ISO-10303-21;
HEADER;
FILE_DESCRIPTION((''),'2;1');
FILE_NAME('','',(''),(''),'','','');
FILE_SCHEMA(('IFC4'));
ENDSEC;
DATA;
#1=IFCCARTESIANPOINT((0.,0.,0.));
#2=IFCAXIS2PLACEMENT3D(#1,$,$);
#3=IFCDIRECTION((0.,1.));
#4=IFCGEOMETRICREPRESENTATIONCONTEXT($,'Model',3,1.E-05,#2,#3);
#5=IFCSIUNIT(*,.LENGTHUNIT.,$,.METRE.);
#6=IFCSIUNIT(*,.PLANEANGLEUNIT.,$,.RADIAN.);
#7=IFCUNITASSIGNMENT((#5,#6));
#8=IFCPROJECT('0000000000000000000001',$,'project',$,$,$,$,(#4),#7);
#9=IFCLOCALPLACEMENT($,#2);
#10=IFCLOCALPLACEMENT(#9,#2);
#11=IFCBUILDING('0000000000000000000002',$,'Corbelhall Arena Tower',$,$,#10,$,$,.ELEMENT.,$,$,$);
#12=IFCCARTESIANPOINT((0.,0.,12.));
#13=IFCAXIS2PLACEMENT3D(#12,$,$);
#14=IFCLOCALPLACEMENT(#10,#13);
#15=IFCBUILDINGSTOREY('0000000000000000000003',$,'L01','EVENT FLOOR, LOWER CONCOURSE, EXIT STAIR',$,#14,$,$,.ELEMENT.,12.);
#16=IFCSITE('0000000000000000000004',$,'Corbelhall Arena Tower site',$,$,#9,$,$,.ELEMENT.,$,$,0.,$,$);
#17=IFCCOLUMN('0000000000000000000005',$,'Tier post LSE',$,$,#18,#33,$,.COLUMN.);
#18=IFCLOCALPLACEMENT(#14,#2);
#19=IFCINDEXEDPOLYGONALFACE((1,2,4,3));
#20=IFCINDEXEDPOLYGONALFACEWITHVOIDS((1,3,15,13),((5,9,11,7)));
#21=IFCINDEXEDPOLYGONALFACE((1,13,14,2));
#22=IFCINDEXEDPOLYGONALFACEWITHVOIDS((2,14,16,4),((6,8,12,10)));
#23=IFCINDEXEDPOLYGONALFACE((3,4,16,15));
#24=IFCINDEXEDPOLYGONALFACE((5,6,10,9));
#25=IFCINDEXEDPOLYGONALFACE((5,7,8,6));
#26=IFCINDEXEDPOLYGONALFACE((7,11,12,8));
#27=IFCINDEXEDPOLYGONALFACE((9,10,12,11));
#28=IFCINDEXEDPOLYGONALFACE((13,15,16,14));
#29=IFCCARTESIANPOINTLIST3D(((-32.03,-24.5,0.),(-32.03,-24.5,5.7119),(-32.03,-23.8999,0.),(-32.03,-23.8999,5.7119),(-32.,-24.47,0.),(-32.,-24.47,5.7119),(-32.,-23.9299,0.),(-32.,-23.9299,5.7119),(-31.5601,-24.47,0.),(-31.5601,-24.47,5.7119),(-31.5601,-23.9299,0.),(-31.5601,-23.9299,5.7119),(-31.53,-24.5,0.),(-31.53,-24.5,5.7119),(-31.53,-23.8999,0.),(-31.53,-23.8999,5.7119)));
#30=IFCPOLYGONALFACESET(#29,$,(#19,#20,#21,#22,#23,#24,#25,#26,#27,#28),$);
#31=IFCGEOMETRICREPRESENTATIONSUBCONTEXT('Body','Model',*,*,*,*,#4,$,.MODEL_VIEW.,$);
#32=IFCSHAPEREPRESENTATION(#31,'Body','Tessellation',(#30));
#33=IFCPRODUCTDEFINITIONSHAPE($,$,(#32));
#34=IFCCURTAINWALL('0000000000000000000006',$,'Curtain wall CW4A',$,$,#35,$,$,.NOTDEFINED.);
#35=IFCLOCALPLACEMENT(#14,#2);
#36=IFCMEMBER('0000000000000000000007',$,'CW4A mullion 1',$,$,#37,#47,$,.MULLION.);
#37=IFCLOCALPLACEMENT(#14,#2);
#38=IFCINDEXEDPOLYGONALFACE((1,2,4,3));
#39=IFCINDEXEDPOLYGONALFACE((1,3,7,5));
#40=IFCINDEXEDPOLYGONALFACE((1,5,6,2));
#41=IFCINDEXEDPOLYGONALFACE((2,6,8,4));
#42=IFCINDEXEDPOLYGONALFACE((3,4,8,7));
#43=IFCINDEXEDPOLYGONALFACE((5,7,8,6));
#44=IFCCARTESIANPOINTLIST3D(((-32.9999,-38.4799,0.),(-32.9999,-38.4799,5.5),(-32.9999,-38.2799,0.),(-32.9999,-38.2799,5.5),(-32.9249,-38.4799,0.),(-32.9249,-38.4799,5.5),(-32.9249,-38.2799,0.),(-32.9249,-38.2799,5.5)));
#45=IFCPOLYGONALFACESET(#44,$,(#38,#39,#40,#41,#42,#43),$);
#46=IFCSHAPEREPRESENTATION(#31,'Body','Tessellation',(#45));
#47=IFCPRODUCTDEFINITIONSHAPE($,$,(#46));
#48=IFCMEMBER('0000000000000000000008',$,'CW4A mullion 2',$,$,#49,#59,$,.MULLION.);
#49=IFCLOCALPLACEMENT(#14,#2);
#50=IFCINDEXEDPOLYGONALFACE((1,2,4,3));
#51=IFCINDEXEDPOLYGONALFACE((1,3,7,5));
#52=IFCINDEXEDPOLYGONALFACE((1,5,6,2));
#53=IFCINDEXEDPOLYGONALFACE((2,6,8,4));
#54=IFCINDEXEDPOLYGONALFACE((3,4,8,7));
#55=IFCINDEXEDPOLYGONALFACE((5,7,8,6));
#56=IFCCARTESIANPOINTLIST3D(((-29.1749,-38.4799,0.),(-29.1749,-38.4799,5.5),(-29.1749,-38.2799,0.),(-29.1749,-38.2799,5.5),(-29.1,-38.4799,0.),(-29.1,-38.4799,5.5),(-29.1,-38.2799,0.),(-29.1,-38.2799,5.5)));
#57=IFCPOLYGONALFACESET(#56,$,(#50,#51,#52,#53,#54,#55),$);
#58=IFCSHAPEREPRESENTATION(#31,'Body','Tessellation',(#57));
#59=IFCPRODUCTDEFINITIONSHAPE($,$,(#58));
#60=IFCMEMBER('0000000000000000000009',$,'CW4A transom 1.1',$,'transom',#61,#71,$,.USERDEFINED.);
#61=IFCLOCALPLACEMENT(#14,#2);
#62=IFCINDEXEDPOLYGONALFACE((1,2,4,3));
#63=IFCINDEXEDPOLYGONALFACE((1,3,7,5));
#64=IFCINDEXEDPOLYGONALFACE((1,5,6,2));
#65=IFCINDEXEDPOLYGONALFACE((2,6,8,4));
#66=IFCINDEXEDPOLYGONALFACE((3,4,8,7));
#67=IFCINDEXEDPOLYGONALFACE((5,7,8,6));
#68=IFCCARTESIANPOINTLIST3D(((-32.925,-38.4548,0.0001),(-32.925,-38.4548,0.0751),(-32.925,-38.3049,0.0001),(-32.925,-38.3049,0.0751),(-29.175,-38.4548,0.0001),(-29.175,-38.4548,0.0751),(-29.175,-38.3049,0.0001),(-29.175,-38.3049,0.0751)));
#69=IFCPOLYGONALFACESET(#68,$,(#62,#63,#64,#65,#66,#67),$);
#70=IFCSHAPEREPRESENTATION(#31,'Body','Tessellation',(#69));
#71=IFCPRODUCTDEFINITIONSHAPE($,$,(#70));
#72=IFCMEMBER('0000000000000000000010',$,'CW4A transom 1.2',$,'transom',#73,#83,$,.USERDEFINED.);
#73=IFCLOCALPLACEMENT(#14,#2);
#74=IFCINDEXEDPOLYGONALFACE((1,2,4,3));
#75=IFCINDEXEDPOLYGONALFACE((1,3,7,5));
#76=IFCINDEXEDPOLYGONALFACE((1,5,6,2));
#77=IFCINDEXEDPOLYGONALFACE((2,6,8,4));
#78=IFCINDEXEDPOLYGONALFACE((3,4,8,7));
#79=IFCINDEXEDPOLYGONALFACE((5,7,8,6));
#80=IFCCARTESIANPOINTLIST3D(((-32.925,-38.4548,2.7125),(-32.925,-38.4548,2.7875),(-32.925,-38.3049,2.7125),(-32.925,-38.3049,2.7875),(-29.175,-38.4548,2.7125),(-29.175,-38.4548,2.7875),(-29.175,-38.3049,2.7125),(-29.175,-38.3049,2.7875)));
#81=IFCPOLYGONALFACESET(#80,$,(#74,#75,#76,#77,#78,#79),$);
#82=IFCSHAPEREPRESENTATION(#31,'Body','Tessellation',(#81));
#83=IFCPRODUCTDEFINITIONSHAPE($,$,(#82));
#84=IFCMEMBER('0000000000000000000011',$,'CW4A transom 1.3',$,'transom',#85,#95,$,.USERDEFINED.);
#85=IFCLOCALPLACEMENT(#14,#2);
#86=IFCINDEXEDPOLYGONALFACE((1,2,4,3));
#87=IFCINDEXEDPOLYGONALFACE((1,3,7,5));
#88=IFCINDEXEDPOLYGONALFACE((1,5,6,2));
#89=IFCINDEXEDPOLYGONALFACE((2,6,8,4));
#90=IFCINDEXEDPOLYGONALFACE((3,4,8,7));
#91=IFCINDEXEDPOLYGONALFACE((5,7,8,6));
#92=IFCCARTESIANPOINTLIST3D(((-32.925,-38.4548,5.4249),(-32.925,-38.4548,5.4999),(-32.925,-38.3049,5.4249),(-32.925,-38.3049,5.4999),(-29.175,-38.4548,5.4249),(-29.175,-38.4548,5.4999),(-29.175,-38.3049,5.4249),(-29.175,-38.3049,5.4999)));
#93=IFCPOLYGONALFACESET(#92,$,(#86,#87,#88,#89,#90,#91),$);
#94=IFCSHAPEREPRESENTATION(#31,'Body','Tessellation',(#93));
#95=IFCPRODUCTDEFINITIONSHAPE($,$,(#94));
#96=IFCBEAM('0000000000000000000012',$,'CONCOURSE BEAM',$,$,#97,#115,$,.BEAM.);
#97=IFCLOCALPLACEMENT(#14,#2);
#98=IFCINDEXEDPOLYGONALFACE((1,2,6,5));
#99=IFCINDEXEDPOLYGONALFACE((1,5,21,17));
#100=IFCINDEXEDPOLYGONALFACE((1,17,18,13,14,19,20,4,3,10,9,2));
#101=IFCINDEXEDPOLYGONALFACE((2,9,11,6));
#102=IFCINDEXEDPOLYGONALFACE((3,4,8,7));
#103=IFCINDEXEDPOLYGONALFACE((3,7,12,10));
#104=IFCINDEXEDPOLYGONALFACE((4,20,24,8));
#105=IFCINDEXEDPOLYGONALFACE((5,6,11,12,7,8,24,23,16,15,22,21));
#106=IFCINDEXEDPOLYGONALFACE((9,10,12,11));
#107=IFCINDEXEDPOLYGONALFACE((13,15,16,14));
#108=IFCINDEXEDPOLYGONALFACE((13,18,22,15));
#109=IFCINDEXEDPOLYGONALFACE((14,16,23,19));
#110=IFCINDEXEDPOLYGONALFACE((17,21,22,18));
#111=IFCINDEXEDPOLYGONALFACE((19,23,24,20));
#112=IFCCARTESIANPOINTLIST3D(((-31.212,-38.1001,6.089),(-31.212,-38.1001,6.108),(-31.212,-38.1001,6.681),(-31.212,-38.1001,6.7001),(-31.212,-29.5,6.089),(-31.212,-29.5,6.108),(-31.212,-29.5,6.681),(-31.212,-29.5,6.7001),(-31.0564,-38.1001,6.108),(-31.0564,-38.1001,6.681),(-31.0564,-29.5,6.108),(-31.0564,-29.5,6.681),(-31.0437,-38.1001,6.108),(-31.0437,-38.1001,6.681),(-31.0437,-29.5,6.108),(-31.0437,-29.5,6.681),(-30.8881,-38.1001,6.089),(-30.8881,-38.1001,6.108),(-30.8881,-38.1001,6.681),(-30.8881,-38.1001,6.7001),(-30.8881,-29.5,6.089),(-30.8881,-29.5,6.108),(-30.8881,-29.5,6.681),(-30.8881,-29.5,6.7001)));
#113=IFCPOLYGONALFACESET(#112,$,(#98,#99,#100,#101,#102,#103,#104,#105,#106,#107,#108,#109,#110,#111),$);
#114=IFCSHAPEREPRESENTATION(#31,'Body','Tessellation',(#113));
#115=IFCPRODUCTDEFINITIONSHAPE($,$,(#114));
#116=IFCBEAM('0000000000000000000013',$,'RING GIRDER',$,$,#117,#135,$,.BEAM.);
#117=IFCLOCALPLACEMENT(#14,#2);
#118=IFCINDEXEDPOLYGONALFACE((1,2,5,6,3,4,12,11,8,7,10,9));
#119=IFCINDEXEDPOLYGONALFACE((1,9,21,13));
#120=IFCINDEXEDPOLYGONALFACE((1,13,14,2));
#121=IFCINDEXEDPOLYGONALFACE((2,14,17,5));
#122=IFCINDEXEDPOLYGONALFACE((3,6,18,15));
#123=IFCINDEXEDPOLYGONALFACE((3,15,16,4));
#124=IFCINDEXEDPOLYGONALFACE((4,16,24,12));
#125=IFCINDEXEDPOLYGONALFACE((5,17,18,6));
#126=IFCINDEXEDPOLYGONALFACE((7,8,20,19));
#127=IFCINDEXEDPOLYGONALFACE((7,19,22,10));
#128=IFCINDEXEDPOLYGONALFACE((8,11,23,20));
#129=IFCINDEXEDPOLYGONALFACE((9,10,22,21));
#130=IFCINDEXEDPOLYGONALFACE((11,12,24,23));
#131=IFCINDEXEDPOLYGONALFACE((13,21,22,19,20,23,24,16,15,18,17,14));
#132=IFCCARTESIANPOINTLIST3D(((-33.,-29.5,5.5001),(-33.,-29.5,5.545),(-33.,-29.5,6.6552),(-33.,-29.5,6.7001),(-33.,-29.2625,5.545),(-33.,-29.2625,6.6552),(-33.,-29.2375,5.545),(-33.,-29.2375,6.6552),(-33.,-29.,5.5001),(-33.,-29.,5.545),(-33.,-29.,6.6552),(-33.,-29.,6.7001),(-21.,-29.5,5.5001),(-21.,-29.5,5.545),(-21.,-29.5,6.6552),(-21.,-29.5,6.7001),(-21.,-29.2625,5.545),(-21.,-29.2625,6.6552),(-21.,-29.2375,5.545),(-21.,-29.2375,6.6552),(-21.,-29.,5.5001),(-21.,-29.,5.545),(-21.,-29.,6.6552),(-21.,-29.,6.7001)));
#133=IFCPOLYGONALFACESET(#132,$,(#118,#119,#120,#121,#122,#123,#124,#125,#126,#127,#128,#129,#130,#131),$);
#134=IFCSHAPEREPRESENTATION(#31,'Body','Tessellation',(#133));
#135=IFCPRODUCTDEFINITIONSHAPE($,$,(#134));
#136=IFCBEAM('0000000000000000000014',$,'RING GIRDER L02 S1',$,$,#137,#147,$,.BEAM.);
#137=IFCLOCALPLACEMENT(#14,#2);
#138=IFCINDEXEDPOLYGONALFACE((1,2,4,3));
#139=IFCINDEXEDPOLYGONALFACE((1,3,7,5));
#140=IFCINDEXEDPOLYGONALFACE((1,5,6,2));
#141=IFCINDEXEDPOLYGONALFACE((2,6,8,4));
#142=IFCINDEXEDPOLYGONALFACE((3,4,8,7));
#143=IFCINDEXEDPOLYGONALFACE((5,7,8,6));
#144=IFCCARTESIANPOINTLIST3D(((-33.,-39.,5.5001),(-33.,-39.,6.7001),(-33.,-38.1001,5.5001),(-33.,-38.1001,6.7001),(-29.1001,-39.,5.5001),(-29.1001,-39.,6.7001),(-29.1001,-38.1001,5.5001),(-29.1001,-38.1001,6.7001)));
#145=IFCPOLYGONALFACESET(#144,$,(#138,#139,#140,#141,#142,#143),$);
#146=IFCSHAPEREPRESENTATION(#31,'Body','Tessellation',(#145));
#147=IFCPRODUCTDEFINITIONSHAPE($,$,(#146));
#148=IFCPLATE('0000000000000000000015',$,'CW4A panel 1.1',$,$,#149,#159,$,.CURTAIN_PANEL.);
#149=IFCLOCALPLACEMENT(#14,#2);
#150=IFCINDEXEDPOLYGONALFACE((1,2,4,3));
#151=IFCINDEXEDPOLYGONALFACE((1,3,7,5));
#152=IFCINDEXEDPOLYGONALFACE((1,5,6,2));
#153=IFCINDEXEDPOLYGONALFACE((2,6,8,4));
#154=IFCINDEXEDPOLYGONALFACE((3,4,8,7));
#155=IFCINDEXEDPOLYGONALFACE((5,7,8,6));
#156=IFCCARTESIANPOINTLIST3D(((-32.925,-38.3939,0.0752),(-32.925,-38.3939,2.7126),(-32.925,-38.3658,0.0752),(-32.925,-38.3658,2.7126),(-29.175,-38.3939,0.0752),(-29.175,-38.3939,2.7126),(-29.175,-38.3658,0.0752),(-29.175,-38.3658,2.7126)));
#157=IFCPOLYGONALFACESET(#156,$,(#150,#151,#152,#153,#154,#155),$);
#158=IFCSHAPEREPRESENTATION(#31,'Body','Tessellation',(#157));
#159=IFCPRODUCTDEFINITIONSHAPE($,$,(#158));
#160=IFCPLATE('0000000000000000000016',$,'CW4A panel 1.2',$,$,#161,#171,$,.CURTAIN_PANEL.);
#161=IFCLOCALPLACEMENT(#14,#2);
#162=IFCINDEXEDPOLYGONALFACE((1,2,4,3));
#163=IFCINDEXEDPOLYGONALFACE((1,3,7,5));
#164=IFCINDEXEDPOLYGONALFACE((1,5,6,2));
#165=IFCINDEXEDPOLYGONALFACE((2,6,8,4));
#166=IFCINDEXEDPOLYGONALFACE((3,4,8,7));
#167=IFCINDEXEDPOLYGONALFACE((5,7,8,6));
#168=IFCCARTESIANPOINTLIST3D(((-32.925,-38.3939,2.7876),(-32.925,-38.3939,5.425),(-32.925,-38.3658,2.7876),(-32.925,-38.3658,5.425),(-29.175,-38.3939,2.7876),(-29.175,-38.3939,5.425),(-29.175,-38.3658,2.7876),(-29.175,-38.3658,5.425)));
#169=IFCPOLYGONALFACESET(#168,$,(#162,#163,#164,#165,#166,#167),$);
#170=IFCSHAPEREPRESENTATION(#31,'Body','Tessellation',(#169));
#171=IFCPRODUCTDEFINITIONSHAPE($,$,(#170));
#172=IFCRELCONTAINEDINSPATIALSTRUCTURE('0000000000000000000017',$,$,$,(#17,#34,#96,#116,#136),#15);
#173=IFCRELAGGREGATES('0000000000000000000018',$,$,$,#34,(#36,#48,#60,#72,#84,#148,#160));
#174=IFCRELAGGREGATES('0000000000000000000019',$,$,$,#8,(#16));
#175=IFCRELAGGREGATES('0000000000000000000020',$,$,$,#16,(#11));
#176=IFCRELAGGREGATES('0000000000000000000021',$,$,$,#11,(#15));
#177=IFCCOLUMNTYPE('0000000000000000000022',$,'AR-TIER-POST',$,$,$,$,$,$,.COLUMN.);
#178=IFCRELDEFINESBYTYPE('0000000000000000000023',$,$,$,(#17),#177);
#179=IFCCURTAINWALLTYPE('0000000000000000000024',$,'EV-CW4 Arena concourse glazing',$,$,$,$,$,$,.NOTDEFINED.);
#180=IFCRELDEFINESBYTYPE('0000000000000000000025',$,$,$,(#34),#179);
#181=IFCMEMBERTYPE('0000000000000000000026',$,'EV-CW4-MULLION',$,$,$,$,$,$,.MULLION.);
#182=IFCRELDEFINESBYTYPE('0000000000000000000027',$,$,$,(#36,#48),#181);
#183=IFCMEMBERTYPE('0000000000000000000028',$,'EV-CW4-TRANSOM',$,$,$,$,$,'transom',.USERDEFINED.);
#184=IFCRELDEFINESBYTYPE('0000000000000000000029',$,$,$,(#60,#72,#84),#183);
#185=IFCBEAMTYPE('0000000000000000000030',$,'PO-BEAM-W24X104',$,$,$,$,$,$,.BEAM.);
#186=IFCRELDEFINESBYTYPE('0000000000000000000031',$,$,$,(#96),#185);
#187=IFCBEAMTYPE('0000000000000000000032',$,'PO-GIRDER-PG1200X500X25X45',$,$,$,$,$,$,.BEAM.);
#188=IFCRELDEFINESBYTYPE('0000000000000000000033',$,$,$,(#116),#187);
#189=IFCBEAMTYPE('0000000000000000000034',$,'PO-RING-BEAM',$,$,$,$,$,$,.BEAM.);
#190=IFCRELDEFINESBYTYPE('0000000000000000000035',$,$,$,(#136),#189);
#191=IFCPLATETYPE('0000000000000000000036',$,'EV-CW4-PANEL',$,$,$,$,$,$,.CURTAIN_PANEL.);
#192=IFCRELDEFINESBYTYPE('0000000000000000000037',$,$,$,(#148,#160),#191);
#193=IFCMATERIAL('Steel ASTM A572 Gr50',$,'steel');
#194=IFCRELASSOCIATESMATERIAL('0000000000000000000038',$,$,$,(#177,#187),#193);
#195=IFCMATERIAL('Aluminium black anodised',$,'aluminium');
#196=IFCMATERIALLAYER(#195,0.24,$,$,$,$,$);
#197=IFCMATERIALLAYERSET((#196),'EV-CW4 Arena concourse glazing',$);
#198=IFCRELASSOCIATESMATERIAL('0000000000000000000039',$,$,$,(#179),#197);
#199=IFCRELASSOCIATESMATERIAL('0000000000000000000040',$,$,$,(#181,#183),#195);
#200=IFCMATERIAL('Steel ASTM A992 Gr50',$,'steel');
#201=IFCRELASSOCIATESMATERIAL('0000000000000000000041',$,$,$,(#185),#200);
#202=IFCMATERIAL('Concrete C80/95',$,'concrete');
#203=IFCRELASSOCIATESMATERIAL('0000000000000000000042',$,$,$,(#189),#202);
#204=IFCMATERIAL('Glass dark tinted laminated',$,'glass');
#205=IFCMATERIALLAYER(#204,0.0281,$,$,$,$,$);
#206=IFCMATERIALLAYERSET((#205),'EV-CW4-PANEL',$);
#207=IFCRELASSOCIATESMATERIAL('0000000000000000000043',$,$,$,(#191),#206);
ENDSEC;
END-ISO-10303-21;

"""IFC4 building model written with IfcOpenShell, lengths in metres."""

from ifc_helpers import new_model, si_unit, direction, frame, origin, origin_2d, place, context, subcontext, project, spatial, rectangle, hollow_rectangle, i_section, extrude, material, layer, layer_set, material_profile, profile_set, type_object, element, aggregate, save


model = new_model("IFC4")

# Units and contexts
model_context = context("Model", 3, precision=1e-05, world=origin(), true_north=direction((0.0, 1.0)))
body_context = subcontext(model_context, "Body", "Model", "MODEL_VIEW")
ifc_project = project(units=[si_unit("LENGTHUNIT", "METRE"), si_unit("PLANEANGLEUNIT", "RADIAN")], contexts=[model_context])

# Site, building, storey
site_placement = place(None, origin())
site = spatial("IfcSite", under=ifc_project, at=site_placement, Name="Corbelhall Arena Tower site", CompositionType="ELEMENT", RefElevation=0.0)
building_placement = place(site_placement, origin())
building = spatial("IfcBuilding", under=site, at=building_placement, Name="Corbelhall Arena Tower", CompositionType="ELEMENT")
storey_placement = place(building_placement, frame((0.0, 0.0, 12.0)))
storey = spatial("IfcBuildingStorey", under=building, at=storey_placement, Name="L01", Description="EVENT FLOOR, LOWER CONCOURSE, EXIT STAIR", CompositionType="ELEMENT", Elevation=12.0)

# Column
ifc_material_1 = material(Name="Steel ASTM A572 Gr50", Category="steel")
ifc_material_profile_1 = material_profile(ifc_material_1, hollow_rectangle(XDim=0.5, YDim=0.6001, WallThickness=0.03, at=origin_2d()))
ifc_profile_set_1 = profile_set([ifc_material_profile_1], Name="Steel ASTM A572 Gr50")
column_type = type_object("IfcColumnType", Name="AR-TIER-POST", PredefinedType="COLUMN", material=ifc_profile_set_1)
column_placement = place(storey_placement, frame((-31.78, -24.2, 0.0), z_axis=(0.0, 0.0, 1.0), x_axis=(1.0, 0.0, 0.0)))
element("IfcColumn", 1, at=column_placement, inside=storey, type_object=column_type, Name="Tier post LSE", PredefinedType="COLUMN", context=body_context, shape_type="SweptSolid", body=[
    extrude(hollow_rectangle(XDim=0.5, YDim=0.6001, WallThickness=0.03, at=origin_2d()), origin(), (0.0, 0.0, 1.0), 5.7119),
])

# Curtain wall, members
ifc_material_2 = material(Name="Aluminium black anodised", Category="aluminium")
ifc_layer_1 = layer(ifc_material_2, 0.24)
ifc_layer_set_1 = layer_set([ifc_layer_1], Name="EV-CW4 Arena concourse glazing")
curtain_wall_type = type_object("IfcCurtainWallType", Name="EV-CW4 Arena concourse glazing", PredefinedType="NOTDEFINED", material=ifc_layer_set_1)
curtain_wall_placement = place(storey_placement, origin())
curtain_wall = element("IfcCurtainWall", 2, at=curtain_wall_placement, inside=storey, type_object=curtain_wall_type, Name="Curtain wall CW4A", PredefinedType="NOTDEFINED")
ifc_material_profile_2 = material_profile(ifc_material_2, rectangle(XDim=0.2, YDim=0.075, at=origin_2d()))
ifc_profile_set_2 = profile_set([ifc_material_profile_2], Name="Aluminium black anodised")
member_type_1 = type_object("IfcMemberType", Name="EV-CW4-MULLION", PredefinedType="MULLION", material=ifc_profile_set_2)
member_1_placement = place(storey_placement, frame((-32.9624, -38.3799, 0.0), z_axis=(0.0, 0.0, 1.0), x_axis=(0.0, 1.0, 0.0)))
member_1 = element("IfcMember", 3, at=member_1_placement, type_object=member_type_1, Name="CW4A mullion 1", PredefinedType="MULLION", context=body_context, shape_type="SweptSolid", body=[
    extrude(rectangle(XDim=0.2, YDim=0.075, at=origin_2d()), origin(), (0.0, 0.0, 1.0), 5.5),
])
member_2_placement = place(storey_placement, frame((-29.1375, -38.3799, 0.0), z_axis=(0.0, 0.0, 1.0), x_axis=(0.0, 1.0, 0.0)))
member_2 = element("IfcMember", 4, at=member_2_placement, type_object=member_type_1, Name="CW4A mullion 2", PredefinedType="MULLION", context=body_context, shape_type="SweptSolid", body=[
    extrude(rectangle(XDim=0.2, YDim=0.075, at=origin_2d()), origin(), (0.0, 0.0, 1.0), 5.5),
])
ifc_material_profile_3 = material_profile(ifc_material_2, rectangle(XDim=0.1499, YDim=0.075, at=origin_2d()))
ifc_profile_set_3 = profile_set([ifc_material_profile_3], Name="Aluminium black anodised")
member_type_2 = type_object("IfcMemberType", Name="EV-CW4-TRANSOM", ElementType="transom", PredefinedType="USERDEFINED", material=ifc_profile_set_3)
member_3_placement = place(storey_placement, frame((-32.925, -38.3799, 0.0376), z_axis=(1.0, 0.0, 0.0), x_axis=(0.0, 1.0, 0.0)))
member_3 = element("IfcMember", 5, at=member_3_placement, type_object=member_type_2, Name="CW4A transom 1.1", ObjectType="transom", PredefinedType="USERDEFINED", context=body_context, shape_type="SweptSolid", body=[
    extrude(rectangle(XDim=0.1499, YDim=0.075, at=origin_2d()), origin(), (0.0, 0.0, 1.0), 3.75),
])
member_4_placement = place(storey_placement, frame((-32.925, -38.3799, 2.75), z_axis=(1.0, 0.0, 0.0), x_axis=(0.0, 1.0, 0.0)))
member_4 = element("IfcMember", 6, at=member_4_placement, type_object=member_type_2, Name="CW4A transom 1.2", ObjectType="transom", PredefinedType="USERDEFINED", context=body_context, shape_type="SweptSolid", body=[
    extrude(rectangle(XDim=0.1499, YDim=0.075, at=origin_2d()), origin(), (0.0, 0.0, 1.0), 3.75),
])
member_5_placement = place(storey_placement, frame((-32.925, -38.3799, 5.4624), z_axis=(1.0, 0.0, 0.0), x_axis=(0.0, 1.0, 0.0)))
member_5 = element("IfcMember", 7, at=member_5_placement, type_object=member_type_2, Name="CW4A transom 1.3", ObjectType="transom", PredefinedType="USERDEFINED", context=body_context, shape_type="SweptSolid", body=[
    extrude(rectangle(XDim=0.1499, YDim=0.075, at=origin_2d()), origin(), (0.0, 0.0, 1.0), 3.75),
])

# Beams
ifc_material_3 = material(Name="Steel ASTM A992 Gr50", Category="steel")
ifc_material_profile_4 = material_profile(ifc_material_3, i_section(OverallWidth=0.324, OverallDepth=0.6111, WebThickness=0.0127, FlangeThickness=0.019, at=origin_2d()))
ifc_profile_set_4 = profile_set([ifc_material_profile_4], Name="Steel ASTM A992 Gr50")
beam_type_1 = type_object("IfcBeamType", Name="PO-BEAM-W24X104", PredefinedType="BEAM", material=ifc_profile_set_4)
beam_1_placement = place(storey_placement, frame((-31.05, -29.5, 6.3945), z_axis=(0.0, -1.0, 0.0), x_axis=(1.0, 0.0, 0.0)))
element("IfcBeam", 8, at=beam_1_placement, inside=storey, type_object=beam_type_1, Name="CONCOURSE BEAM", PredefinedType="BEAM", context=body_context, shape_type="SweptSolid", body=[
    extrude(i_section(OverallWidth=0.324, OverallDepth=0.6111, WebThickness=0.0127, FlangeThickness=0.019, at=origin_2d()), origin(), (0.0, 0.0, 1.0), 8.6001),
])
ifc_material_profile_5 = material_profile(ifc_material_1, i_section(OverallWidth=0.5, OverallDepth=1.2, WebThickness=0.0249, FlangeThickness=0.0449, at=origin_2d()))
ifc_profile_set_5 = profile_set([ifc_material_profile_5], Name="Steel ASTM A572 Gr50")
beam_type_2 = type_object("IfcBeamType", Name="PO-GIRDER-PG1200X500X25X45", PredefinedType="BEAM", material=ifc_profile_set_5)
beam_2_placement = place(storey_placement, frame((-33.0, -29.25, 6.1001), z_axis=(1.0, 0.0, 0.0), x_axis=(0.0, 1.0, 0.0)))
element("IfcBeam", 9, at=beam_2_placement, inside=storey, type_object=beam_type_2, Name="RING GIRDER", PredefinedType="BEAM", context=body_context, shape_type="SweptSolid", body=[
    extrude(i_section(OverallWidth=0.5, OverallDepth=1.2, WebThickness=0.0249, FlangeThickness=0.0449, at=origin_2d()), origin(), (0.0, 0.0, 1.0), 12.0),
])
ifc_material_4 = material(Name="Concrete C80/95", Category="concrete")
ifc_material_profile_6 = material_profile(ifc_material_4, rectangle(XDim=0.8999, YDim=1.2, at=origin_2d()))
ifc_profile_set_6 = profile_set([ifc_material_profile_6], Name="Concrete C80/95")
beam_type_3 = type_object("IfcBeamType", Name="PO-RING-BEAM", PredefinedType="BEAM", material=ifc_profile_set_6)
beam_3_placement = place(storey_placement, frame((-33.0, -38.55, 6.1001), z_axis=(1.0, 0.0, 0.0), x_axis=(0.0, 1.0, 0.0)))
element("IfcBeam", 10, at=beam_3_placement, inside=storey, type_object=beam_type_3, Name="RING GIRDER L02 S1", PredefinedType="BEAM", context=body_context, shape_type="SweptSolid", body=[
    extrude(rectangle(XDim=0.8999, YDim=1.2, at=origin_2d()), origin(), (0.0, 0.0, 1.0), 3.8999),
])

# Plates
ifc_material_5 = material(Name="Glass dark tinted laminated", Category="glass")
ifc_layer_2 = layer(ifc_material_5, 0.0281)
ifc_layer_set_2 = layer_set([ifc_layer_2], Name="EV-CW4-PANEL")
plate_type = type_object("IfcPlateType", Name="EV-CW4-PANEL", PredefinedType="CURTAIN_PANEL", material=ifc_layer_set_2)
plate_1_placement = place(storey_placement, frame((-31.05, -38.3799, 0.0752), z_axis=(0.0, 0.0, 1.0), x_axis=(1.0, 0.0, 0.0)))
plate_1 = element("IfcPlate", 11, at=plate_1_placement, type_object=plate_type, Name="CW4A panel 1.1", PredefinedType="CURTAIN_PANEL", context=body_context, shape_type="SweptSolid", body=[
    extrude(rectangle(XDim=3.75, YDim=0.0281, at=origin_2d()), origin(), (0.0, 0.0, 1.0), 2.6375),
])
plate_2_placement = place(storey_placement, frame((-31.05, -38.3799, 2.7876), z_axis=(0.0, 0.0, 1.0), x_axis=(1.0, 0.0, 0.0)))
plate_2 = element("IfcPlate", 12, at=plate_2_placement, type_object=plate_type, Name="CW4A panel 1.2", PredefinedType="CURTAIN_PANEL", context=body_context, shape_type="SweptSolid", body=[
    extrude(rectangle(XDim=3.75, YDim=0.0281, at=origin_2d()), origin(), (0.0, 0.0, 1.0), 2.6375),
])
aggregate(curtain_wall, [member_1, member_2, member_3, member_4, member_5, plate_1, plate_2])

save(model, "model.ifc")
